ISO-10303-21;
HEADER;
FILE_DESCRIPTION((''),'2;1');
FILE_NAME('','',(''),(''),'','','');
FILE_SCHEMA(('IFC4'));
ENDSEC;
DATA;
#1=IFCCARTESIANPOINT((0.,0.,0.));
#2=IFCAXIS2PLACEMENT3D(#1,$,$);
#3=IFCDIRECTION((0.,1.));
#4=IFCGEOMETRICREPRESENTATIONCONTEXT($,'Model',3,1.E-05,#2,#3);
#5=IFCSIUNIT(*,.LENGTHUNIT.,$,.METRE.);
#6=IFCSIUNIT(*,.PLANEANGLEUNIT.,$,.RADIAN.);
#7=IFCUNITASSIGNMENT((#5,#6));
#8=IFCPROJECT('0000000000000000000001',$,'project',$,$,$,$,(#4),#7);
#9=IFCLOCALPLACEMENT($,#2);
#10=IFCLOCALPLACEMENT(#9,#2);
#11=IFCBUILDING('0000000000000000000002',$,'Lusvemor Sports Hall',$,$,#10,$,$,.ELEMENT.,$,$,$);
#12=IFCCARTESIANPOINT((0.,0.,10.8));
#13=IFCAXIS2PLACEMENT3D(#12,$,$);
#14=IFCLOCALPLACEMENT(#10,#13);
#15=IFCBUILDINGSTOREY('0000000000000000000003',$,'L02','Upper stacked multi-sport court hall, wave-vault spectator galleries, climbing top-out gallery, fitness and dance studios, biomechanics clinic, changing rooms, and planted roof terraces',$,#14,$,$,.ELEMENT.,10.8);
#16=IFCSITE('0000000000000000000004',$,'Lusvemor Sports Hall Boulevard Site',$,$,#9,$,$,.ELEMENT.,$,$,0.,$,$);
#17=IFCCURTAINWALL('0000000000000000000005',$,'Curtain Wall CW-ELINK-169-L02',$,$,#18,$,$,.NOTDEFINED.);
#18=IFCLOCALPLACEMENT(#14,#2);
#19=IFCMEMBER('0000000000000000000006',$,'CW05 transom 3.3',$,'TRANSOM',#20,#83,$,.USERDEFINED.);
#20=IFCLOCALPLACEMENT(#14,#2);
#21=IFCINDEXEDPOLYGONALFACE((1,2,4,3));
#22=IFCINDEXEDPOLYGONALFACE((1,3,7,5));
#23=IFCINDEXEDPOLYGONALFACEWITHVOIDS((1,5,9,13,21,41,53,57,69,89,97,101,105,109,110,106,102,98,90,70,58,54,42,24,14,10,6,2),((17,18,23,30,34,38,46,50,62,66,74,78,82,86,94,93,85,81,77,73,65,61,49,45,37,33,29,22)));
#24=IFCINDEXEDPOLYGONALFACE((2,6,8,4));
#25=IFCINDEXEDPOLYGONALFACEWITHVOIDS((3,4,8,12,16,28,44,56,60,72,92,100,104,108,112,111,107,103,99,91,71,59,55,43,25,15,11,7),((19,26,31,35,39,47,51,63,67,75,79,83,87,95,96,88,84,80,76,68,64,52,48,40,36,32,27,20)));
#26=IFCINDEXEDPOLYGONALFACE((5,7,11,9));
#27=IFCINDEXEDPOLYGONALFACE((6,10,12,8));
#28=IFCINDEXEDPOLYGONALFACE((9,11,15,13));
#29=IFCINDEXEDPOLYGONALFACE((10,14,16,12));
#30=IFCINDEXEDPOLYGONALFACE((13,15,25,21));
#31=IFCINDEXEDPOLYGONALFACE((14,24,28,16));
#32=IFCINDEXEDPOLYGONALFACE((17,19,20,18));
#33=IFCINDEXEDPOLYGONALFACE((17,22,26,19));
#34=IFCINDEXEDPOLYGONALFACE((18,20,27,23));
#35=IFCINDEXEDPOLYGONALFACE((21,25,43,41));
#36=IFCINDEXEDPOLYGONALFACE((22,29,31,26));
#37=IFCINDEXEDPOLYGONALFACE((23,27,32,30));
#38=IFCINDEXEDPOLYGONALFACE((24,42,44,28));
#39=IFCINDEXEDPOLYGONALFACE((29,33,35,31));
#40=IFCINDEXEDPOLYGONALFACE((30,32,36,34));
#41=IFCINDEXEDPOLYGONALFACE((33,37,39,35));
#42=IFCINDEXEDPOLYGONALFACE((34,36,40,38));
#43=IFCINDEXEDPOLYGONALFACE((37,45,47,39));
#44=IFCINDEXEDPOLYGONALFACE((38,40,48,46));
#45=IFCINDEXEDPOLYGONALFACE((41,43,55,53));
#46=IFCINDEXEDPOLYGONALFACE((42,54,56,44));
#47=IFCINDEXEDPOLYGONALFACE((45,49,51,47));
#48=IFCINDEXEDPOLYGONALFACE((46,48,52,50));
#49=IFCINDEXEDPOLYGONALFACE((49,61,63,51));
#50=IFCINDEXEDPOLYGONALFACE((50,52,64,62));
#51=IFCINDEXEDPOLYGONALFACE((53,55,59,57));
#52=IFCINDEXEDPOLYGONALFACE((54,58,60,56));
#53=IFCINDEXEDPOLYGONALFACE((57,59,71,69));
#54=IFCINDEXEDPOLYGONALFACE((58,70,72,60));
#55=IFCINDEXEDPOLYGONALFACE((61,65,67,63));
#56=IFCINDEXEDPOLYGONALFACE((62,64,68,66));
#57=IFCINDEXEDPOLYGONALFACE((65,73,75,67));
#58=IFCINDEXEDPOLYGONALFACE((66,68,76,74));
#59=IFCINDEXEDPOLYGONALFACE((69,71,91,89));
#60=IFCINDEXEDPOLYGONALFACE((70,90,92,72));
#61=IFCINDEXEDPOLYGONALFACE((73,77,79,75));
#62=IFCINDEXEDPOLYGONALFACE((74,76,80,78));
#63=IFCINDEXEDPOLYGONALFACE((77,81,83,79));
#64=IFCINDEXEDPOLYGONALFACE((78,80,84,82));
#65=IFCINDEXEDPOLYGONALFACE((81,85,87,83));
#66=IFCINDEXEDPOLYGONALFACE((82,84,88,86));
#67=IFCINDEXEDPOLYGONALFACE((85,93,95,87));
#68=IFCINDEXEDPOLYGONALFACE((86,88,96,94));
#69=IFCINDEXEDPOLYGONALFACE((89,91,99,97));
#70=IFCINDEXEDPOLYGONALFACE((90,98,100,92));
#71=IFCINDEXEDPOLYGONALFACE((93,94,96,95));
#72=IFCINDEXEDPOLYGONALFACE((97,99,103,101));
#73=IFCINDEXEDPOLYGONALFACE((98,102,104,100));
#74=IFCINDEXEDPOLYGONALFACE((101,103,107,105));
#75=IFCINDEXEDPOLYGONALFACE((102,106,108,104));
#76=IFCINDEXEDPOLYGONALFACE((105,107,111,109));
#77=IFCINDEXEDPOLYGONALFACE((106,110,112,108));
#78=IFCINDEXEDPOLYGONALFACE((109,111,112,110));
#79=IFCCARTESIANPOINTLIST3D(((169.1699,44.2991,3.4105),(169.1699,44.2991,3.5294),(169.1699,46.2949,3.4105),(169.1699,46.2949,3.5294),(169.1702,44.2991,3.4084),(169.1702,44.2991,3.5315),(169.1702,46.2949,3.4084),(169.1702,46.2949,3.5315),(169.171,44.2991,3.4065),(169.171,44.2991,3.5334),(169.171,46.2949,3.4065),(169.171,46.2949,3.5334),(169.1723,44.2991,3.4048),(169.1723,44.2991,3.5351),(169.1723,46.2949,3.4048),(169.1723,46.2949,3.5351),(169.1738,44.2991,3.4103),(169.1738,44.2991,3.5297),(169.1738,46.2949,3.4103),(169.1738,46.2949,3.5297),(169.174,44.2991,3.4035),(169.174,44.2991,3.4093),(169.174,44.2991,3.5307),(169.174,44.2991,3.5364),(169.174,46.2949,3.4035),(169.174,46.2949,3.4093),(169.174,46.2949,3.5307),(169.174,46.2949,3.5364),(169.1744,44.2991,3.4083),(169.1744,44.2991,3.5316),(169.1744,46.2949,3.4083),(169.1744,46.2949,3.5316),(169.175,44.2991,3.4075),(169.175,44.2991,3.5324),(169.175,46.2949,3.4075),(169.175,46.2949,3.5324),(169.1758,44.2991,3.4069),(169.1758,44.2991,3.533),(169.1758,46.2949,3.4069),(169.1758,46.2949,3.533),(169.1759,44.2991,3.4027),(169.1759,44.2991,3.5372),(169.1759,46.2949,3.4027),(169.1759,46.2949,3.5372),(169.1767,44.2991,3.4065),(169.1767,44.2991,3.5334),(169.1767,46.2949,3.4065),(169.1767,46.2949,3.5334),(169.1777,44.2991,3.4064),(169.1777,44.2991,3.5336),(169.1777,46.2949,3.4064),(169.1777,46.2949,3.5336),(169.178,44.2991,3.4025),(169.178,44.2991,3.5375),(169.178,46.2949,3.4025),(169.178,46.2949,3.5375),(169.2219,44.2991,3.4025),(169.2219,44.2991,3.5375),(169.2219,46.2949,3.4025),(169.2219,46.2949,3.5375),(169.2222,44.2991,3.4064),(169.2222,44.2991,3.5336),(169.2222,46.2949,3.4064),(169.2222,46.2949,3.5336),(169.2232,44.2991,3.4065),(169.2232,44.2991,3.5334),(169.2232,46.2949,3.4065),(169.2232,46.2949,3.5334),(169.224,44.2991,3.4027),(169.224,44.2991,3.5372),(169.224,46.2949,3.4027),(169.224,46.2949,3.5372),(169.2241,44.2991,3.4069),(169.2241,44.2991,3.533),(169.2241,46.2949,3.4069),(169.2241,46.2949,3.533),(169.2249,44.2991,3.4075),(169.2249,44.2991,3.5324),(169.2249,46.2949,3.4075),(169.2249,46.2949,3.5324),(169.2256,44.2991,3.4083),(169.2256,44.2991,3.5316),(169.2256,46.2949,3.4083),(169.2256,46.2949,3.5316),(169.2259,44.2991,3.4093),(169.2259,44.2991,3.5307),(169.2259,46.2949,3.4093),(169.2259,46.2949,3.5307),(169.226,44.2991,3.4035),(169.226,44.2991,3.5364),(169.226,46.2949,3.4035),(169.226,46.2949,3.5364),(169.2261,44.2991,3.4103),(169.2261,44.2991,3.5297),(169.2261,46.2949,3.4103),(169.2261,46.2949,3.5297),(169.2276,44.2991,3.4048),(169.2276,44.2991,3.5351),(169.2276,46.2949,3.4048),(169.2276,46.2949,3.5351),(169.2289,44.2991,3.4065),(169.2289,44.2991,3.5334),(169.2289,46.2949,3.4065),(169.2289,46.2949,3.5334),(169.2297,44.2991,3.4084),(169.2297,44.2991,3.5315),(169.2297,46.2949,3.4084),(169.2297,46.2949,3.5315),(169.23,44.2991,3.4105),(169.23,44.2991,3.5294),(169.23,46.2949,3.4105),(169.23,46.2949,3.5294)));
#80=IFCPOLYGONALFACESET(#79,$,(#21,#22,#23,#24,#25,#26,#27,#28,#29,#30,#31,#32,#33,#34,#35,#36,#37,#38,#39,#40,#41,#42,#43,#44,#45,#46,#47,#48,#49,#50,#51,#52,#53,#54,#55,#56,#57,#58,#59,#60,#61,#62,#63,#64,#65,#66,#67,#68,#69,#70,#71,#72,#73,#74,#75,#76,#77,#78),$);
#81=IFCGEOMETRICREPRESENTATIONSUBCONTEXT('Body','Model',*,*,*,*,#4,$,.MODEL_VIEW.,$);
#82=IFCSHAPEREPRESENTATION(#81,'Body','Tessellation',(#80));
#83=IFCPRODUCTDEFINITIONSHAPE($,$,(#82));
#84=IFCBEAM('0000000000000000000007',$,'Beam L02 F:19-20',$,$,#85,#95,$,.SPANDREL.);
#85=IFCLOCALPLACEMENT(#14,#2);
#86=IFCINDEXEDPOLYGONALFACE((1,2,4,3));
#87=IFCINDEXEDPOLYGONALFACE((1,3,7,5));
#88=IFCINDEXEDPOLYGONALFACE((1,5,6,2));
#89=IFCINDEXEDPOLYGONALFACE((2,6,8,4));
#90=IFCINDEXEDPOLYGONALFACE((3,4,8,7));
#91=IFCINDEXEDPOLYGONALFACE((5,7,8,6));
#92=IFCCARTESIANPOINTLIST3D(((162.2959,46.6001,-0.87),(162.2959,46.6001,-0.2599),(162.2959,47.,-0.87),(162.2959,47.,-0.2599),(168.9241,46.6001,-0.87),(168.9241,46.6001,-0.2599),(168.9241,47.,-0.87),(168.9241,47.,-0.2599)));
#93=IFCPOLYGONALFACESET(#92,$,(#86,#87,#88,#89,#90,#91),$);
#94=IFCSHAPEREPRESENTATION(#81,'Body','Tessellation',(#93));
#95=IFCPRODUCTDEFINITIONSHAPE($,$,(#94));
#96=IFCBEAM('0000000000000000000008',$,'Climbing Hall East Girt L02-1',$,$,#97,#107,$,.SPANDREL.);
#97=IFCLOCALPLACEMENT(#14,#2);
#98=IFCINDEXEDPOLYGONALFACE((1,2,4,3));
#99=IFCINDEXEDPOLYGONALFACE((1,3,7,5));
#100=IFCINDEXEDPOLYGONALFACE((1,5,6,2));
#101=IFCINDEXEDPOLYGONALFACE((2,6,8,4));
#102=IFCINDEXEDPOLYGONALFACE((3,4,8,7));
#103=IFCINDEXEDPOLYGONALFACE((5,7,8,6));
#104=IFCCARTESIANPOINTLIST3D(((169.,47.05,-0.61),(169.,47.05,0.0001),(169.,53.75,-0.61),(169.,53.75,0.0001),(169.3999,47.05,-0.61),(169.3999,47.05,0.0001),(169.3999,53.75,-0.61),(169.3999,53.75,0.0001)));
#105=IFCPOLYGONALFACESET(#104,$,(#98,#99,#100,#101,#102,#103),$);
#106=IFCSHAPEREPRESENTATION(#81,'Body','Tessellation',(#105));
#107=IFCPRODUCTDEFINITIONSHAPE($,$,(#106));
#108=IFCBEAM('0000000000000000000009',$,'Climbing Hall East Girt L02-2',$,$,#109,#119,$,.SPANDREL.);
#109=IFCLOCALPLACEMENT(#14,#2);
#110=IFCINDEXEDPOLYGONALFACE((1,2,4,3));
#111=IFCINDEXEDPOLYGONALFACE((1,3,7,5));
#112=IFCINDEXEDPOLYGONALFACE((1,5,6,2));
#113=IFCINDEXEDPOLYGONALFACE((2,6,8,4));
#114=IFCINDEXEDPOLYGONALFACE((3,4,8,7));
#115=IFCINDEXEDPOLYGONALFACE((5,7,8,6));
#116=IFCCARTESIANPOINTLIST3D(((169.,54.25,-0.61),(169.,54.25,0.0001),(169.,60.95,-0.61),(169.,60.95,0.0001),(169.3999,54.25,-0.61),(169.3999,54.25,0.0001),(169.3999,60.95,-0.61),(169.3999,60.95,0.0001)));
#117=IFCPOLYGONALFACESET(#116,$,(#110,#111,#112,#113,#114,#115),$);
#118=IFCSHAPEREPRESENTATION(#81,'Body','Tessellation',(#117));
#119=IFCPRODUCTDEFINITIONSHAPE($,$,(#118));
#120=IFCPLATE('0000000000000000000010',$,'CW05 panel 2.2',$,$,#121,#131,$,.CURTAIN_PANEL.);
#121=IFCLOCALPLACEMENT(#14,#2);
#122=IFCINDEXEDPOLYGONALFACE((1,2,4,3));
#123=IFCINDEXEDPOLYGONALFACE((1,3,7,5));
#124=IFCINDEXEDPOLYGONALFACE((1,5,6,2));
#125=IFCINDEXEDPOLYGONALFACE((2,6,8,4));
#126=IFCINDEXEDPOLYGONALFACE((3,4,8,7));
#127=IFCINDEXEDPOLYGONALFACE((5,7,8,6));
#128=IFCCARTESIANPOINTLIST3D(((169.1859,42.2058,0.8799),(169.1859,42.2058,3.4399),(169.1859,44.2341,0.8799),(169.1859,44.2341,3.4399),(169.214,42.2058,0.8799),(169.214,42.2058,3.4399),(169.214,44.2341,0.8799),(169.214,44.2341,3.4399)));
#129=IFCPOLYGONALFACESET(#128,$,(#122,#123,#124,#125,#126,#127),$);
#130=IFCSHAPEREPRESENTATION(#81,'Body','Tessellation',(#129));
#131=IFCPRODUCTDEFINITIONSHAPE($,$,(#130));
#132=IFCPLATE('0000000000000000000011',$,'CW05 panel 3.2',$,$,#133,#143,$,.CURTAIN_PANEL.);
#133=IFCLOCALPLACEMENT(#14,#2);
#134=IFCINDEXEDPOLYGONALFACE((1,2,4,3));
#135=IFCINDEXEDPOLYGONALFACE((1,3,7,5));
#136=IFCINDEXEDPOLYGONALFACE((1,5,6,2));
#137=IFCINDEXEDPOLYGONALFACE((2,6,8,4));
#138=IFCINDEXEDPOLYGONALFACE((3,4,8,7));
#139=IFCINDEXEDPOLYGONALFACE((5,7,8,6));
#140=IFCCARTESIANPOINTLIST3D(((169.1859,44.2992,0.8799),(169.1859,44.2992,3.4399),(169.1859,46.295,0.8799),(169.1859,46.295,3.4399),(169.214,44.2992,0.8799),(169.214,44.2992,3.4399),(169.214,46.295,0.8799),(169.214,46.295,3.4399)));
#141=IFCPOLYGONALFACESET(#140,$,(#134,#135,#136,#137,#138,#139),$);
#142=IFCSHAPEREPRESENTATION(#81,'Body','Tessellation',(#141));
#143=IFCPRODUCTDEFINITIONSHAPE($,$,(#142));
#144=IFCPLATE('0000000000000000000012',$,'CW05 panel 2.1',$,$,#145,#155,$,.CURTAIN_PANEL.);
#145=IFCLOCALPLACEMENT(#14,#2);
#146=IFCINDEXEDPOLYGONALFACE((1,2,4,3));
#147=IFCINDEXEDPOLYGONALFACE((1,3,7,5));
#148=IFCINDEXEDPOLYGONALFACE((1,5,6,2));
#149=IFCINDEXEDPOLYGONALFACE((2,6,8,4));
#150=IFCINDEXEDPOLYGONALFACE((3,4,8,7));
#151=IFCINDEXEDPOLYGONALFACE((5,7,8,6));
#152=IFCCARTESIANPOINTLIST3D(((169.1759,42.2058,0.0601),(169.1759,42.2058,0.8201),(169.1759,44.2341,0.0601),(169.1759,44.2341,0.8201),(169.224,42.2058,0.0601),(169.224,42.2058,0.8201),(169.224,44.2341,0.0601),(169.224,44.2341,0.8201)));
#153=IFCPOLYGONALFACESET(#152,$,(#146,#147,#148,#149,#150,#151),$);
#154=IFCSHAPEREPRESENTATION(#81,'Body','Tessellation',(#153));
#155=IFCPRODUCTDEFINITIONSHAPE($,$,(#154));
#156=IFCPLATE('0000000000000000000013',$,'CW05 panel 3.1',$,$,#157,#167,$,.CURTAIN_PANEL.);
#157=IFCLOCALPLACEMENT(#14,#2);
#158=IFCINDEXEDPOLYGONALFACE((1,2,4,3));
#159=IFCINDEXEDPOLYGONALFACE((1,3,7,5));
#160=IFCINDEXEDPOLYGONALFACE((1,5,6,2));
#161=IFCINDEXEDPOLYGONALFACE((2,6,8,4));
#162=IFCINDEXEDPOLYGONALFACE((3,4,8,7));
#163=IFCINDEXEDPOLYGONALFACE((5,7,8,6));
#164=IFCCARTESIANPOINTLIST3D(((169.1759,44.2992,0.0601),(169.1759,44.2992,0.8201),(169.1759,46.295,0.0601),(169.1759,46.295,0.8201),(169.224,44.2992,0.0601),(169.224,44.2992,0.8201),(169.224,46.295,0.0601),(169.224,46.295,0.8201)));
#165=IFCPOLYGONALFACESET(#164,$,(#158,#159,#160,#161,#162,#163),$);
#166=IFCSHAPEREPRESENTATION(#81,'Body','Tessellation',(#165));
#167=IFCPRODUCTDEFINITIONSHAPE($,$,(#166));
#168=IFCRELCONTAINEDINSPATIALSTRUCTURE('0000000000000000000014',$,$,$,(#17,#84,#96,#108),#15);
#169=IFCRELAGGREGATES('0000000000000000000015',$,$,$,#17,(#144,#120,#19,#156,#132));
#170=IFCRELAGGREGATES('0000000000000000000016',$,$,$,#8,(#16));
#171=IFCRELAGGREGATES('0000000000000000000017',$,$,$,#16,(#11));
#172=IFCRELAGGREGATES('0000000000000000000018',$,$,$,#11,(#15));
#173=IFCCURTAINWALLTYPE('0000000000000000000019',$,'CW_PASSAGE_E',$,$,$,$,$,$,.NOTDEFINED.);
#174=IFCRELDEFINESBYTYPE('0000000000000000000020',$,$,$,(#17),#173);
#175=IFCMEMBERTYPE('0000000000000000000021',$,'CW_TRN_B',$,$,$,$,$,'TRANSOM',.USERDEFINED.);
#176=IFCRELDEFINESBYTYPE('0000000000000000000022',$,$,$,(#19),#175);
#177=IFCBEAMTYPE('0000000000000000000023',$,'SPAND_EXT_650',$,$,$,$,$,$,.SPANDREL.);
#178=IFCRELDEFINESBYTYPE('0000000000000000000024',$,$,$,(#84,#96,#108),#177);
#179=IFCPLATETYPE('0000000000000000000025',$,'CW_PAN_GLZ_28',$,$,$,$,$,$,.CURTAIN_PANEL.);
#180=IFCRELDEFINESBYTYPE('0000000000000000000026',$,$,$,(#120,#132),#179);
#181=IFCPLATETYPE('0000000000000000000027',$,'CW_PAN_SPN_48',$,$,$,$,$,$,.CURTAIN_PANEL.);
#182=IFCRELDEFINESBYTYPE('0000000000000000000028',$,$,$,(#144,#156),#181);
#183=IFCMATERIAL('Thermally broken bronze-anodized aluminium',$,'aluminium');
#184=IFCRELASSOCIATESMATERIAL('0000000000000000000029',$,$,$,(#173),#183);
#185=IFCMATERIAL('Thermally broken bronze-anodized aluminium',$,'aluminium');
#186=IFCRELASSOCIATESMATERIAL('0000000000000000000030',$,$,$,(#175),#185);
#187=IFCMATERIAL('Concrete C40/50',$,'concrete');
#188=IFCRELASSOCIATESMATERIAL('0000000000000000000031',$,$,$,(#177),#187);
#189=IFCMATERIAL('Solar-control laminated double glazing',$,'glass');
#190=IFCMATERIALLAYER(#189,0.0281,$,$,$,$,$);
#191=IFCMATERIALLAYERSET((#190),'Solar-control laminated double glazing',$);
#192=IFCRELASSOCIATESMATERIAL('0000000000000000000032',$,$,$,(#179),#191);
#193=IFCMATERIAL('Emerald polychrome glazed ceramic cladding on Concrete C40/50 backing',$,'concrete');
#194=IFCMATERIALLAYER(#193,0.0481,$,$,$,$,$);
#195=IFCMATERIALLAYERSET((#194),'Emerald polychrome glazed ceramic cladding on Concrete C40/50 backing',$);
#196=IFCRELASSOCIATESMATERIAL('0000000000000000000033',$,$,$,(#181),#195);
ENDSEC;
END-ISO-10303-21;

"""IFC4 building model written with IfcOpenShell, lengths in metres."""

from ifc_helpers import new_model, si_unit, direction, frame, origin, origin_2d, place, context, subcontext, project, spatial, rectangle, hollow_rectangle, extrude, material, layer, layer_set, material_profile, profile_set, type_object, element, aggregate, save


model = new_model("IFC4")

# Units and contexts
model_context = context("Model", 3, precision=1e-05, world=origin(), true_north=direction((0.0, 1.0)))
body_context = subcontext(model_context, "Body", "Model", "MODEL_VIEW")
ifc_project = project(units=[si_unit("LENGTHUNIT", "METRE"), si_unit("PLANEANGLEUNIT", "RADIAN")], contexts=[model_context])

# Site, building, storey
site_placement = place(None, origin())
site = spatial("IfcSite", under=ifc_project, at=site_placement, Name="Lusvemor Sports Hall Boulevard Site", CompositionType="ELEMENT", RefElevation=0.0)
building_placement = place(site_placement, origin())
building = spatial("IfcBuilding", under=site, at=building_placement, Name="Lusvemor Sports Hall", CompositionType="ELEMENT")
storey_placement = place(building_placement, frame((0.0, 0.0, 10.8)))
storey = spatial("IfcBuildingStorey", under=building, at=storey_placement, Name="L02", Description="Upper stacked multi-sport court hall, wave-vault spectator galleries, climbing top-out gallery, fitness and dance studios, biomechanics clinic, changing rooms, and planted roof terraces", CompositionType="ELEMENT", Elevation=10.8)

# Curtain wall, member
ifc_material_1 = material(Name="Thermally broken bronze-anodized aluminium", Category="aluminium")
curtain_wall_type = type_object("IfcCurtainWallType", Name="CW_PASSAGE_E", PredefinedType="NOTDEFINED", material=ifc_material_1)
curtain_wall_placement = place(storey_placement, origin())
curtain_wall = element("IfcCurtainWall", 1, at=curtain_wall_placement, inside=storey, type_object=curtain_wall_type, Name="Curtain Wall CW-ELINK-169-L02", PredefinedType="NOTDEFINED")
ifc_material_2 = material(Name="Thermally broken bronze-anodized aluminium", Category="aluminium")
ifc_material_profile_1 = material_profile(ifc_material_2, hollow_rectangle(XDim=0.0601, YDim=0.135, WallThickness=0.0039, InnerFilletRadius=0.0039, OuterFilletRadius=0.0081, at=origin_2d()), Name="CWTRN135x60x4")
ifc_profile_set_1 = profile_set([ifc_material_profile_1], Name="Thermally broken bronze-anodized aluminium")
member_type_1 = type_object("IfcMemberType", Name="CW_TRN_B", ElementType="TRANSOM", PredefinedType="USERDEFINED", material=ifc_profile_set_1)
member_1_placement = place(storey_placement, frame((169.2, 44.2991, 3.47), z_axis=(0.0, 1.0, 0.0), x_axis=(-1.0, 0.0, 0.0)))
member_1 = element("IfcMember", 2, at=member_1_placement, type_object=member_type_1, Name="CW05 transom 3.3", ObjectType="TRANSOM", PredefinedType="USERDEFINED", context=body_context, shape_type="SweptSolid", body=[
    extrude(hollow_rectangle(XDim=0.0601, YDim=0.135, WallThickness=0.0039, InnerFilletRadius=0.0039, OuterFilletRadius=0.0081, at=origin_2d()), origin(), (0.0, 0.0, 1.0), 1.9958),
])

# Beams
ifc_material_3 = material(Name="Concrete C40/50", Category="concrete")
ifc_material_profile_2 = material_profile(ifc_material_3, rectangle(XDim=0.3999, YDim=0.6101, at=origin_2d()), Name="RC400x610")
ifc_profile_set_2 = profile_set([ifc_material_profile_2], Name="Concrete C40/50")
beam_type = type_object("IfcBeamType", Name="SPAND_EXT_650", PredefinedType="SPANDREL", material=ifc_profile_set_2)
beam_placement = place(storey_placement, frame((162.2959, 46.8, -0.5649), z_axis=(1.0, 0.0, 0.0), x_axis=(0.0, 1.0, 0.0)))
element("IfcBeam", 3, at=beam_placement, inside=storey, type_object=beam_type, Name="Beam L02 F:19-20", PredefinedType="SPANDREL", context=body_context, shape_type="SweptSolid", body=[
    extrude(rectangle(XDim=0.3999, YDim=0.6101, at=origin_2d()), origin(), (0.0, 0.0, 1.0), 6.6282),
])
for number, where, z_axis, x_axis, name in (
    (4, (169.2, 47.05, -0.3049), (0.0, 1.0, 0.0), (-1.0, 0.0, 0.0), "Climbing Hall East Girt L02-1"),
    (5, (169.2, 54.25, -0.3049), (0.0, 1.0, 0.0), (-1.0, 0.0, 0.0), "Climbing Hall East Girt L02-2"),
):
    element("IfcBeam", number, at=place(storey_placement, frame(where, z_axis=z_axis, x_axis=x_axis)), inside=storey, type_object=beam_type, Name=name, PredefinedType="SPANDREL", context=body_context, shape_type="SweptSolid", body=[
        extrude(rectangle(XDim=0.3999, YDim=0.6101, at=origin_2d()), origin(), (0.0, 0.0, 1.0), 6.7),
    ])

# Plates
ifc_material_4 = material(Name="Solar-control laminated double glazing", Category="glass")
ifc_layer_1 = layer(ifc_material_4, 0.0281)
ifc_layer_set_1 = layer_set([ifc_layer_1], Name="Solar-control laminated double glazing")
plate_type_1 = type_object("IfcPlateType", Name="CW_PAN_GLZ_28", PredefinedType="CURTAIN_PANEL", material=ifc_layer_set_1)
plate_1_placement = place(storey_placement, frame((169.2, 43.22, 0.8799), z_axis=(0.0, 0.0, 1.0), x_axis=(0.0, 1.0, 0.0)))
plate_1 = element("IfcPlate", 6, at=plate_1_placement, type_object=plate_type_1, Name="CW05 panel 2.2", PredefinedType="CURTAIN_PANEL", context=body_context, shape_type="SweptSolid", body=[
    extrude(rectangle(XDim=2.0283, YDim=0.0281, at=origin_2d()), origin(), (0.0, 0.0, 1.0), 2.5601),
])
plate_2_placement = place(storey_placement, frame((169.2, 45.2971, 0.8799), z_axis=(0.0, 0.0, 1.0), x_axis=(0.0, 1.0, 0.0)))
plate_2 = element("IfcPlate", 7, at=plate_2_placement, type_object=plate_type_1, Name="CW05 panel 3.2", PredefinedType="CURTAIN_PANEL", context=body_context, shape_type="SweptSolid", body=[
    extrude(rectangle(XDim=1.9958, YDim=0.0281, at=origin_2d()), origin(), (0.0, 0.0, 1.0), 2.5601),
])
ifc_material_5 = material(Name="Emerald polychrome glazed ceramic cladding on Concrete C40/50 backing", Category="concrete")
ifc_layer_2 = layer(ifc_material_5, 0.0481)
ifc_layer_set_2 = layer_set([ifc_layer_2], Name="Emerald polychrome glazed ceramic cladding on Concrete C40/50 backing")
plate_type_2 = type_object("IfcPlateType", Name="CW_PAN_SPN_48", PredefinedType="CURTAIN_PANEL", material=ifc_layer_set_2)
plate_3_placement = place(storey_placement, frame((169.2, 43.22, 0.0601), z_axis=(0.0, 0.0, 1.0), x_axis=(0.0, 1.0, 0.0)))
plate_3 = element("IfcPlate", 8, at=plate_3_placement, type_object=plate_type_2, Name="CW05 panel 2.1", PredefinedType="CURTAIN_PANEL", context=body_context, shape_type="SweptSolid", body=[
    extrude(rectangle(XDim=2.0283, YDim=0.0481, at=origin_2d()), origin(), (0.0, 0.0, 1.0), 0.76),
])
plate_4_placement = place(storey_placement, frame((169.2, 45.2971, 0.0601), z_axis=(0.0, 0.0, 1.0), x_axis=(0.0, 1.0, 0.0)))
plate_4 = element("IfcPlate", 9, at=plate_4_placement, type_object=plate_type_2, Name="CW05 panel 3.1", PredefinedType="CURTAIN_PANEL", context=body_context, shape_type="SweptSolid", body=[
    extrude(rectangle(XDim=1.9958, YDim=0.0481, at=origin_2d()), origin(), (0.0, 0.0, 1.0), 0.76),
])
aggregate(curtain_wall, [plate_3, plate_1, member_1, plate_4, plate_2])

save(model, "model.ifc")
